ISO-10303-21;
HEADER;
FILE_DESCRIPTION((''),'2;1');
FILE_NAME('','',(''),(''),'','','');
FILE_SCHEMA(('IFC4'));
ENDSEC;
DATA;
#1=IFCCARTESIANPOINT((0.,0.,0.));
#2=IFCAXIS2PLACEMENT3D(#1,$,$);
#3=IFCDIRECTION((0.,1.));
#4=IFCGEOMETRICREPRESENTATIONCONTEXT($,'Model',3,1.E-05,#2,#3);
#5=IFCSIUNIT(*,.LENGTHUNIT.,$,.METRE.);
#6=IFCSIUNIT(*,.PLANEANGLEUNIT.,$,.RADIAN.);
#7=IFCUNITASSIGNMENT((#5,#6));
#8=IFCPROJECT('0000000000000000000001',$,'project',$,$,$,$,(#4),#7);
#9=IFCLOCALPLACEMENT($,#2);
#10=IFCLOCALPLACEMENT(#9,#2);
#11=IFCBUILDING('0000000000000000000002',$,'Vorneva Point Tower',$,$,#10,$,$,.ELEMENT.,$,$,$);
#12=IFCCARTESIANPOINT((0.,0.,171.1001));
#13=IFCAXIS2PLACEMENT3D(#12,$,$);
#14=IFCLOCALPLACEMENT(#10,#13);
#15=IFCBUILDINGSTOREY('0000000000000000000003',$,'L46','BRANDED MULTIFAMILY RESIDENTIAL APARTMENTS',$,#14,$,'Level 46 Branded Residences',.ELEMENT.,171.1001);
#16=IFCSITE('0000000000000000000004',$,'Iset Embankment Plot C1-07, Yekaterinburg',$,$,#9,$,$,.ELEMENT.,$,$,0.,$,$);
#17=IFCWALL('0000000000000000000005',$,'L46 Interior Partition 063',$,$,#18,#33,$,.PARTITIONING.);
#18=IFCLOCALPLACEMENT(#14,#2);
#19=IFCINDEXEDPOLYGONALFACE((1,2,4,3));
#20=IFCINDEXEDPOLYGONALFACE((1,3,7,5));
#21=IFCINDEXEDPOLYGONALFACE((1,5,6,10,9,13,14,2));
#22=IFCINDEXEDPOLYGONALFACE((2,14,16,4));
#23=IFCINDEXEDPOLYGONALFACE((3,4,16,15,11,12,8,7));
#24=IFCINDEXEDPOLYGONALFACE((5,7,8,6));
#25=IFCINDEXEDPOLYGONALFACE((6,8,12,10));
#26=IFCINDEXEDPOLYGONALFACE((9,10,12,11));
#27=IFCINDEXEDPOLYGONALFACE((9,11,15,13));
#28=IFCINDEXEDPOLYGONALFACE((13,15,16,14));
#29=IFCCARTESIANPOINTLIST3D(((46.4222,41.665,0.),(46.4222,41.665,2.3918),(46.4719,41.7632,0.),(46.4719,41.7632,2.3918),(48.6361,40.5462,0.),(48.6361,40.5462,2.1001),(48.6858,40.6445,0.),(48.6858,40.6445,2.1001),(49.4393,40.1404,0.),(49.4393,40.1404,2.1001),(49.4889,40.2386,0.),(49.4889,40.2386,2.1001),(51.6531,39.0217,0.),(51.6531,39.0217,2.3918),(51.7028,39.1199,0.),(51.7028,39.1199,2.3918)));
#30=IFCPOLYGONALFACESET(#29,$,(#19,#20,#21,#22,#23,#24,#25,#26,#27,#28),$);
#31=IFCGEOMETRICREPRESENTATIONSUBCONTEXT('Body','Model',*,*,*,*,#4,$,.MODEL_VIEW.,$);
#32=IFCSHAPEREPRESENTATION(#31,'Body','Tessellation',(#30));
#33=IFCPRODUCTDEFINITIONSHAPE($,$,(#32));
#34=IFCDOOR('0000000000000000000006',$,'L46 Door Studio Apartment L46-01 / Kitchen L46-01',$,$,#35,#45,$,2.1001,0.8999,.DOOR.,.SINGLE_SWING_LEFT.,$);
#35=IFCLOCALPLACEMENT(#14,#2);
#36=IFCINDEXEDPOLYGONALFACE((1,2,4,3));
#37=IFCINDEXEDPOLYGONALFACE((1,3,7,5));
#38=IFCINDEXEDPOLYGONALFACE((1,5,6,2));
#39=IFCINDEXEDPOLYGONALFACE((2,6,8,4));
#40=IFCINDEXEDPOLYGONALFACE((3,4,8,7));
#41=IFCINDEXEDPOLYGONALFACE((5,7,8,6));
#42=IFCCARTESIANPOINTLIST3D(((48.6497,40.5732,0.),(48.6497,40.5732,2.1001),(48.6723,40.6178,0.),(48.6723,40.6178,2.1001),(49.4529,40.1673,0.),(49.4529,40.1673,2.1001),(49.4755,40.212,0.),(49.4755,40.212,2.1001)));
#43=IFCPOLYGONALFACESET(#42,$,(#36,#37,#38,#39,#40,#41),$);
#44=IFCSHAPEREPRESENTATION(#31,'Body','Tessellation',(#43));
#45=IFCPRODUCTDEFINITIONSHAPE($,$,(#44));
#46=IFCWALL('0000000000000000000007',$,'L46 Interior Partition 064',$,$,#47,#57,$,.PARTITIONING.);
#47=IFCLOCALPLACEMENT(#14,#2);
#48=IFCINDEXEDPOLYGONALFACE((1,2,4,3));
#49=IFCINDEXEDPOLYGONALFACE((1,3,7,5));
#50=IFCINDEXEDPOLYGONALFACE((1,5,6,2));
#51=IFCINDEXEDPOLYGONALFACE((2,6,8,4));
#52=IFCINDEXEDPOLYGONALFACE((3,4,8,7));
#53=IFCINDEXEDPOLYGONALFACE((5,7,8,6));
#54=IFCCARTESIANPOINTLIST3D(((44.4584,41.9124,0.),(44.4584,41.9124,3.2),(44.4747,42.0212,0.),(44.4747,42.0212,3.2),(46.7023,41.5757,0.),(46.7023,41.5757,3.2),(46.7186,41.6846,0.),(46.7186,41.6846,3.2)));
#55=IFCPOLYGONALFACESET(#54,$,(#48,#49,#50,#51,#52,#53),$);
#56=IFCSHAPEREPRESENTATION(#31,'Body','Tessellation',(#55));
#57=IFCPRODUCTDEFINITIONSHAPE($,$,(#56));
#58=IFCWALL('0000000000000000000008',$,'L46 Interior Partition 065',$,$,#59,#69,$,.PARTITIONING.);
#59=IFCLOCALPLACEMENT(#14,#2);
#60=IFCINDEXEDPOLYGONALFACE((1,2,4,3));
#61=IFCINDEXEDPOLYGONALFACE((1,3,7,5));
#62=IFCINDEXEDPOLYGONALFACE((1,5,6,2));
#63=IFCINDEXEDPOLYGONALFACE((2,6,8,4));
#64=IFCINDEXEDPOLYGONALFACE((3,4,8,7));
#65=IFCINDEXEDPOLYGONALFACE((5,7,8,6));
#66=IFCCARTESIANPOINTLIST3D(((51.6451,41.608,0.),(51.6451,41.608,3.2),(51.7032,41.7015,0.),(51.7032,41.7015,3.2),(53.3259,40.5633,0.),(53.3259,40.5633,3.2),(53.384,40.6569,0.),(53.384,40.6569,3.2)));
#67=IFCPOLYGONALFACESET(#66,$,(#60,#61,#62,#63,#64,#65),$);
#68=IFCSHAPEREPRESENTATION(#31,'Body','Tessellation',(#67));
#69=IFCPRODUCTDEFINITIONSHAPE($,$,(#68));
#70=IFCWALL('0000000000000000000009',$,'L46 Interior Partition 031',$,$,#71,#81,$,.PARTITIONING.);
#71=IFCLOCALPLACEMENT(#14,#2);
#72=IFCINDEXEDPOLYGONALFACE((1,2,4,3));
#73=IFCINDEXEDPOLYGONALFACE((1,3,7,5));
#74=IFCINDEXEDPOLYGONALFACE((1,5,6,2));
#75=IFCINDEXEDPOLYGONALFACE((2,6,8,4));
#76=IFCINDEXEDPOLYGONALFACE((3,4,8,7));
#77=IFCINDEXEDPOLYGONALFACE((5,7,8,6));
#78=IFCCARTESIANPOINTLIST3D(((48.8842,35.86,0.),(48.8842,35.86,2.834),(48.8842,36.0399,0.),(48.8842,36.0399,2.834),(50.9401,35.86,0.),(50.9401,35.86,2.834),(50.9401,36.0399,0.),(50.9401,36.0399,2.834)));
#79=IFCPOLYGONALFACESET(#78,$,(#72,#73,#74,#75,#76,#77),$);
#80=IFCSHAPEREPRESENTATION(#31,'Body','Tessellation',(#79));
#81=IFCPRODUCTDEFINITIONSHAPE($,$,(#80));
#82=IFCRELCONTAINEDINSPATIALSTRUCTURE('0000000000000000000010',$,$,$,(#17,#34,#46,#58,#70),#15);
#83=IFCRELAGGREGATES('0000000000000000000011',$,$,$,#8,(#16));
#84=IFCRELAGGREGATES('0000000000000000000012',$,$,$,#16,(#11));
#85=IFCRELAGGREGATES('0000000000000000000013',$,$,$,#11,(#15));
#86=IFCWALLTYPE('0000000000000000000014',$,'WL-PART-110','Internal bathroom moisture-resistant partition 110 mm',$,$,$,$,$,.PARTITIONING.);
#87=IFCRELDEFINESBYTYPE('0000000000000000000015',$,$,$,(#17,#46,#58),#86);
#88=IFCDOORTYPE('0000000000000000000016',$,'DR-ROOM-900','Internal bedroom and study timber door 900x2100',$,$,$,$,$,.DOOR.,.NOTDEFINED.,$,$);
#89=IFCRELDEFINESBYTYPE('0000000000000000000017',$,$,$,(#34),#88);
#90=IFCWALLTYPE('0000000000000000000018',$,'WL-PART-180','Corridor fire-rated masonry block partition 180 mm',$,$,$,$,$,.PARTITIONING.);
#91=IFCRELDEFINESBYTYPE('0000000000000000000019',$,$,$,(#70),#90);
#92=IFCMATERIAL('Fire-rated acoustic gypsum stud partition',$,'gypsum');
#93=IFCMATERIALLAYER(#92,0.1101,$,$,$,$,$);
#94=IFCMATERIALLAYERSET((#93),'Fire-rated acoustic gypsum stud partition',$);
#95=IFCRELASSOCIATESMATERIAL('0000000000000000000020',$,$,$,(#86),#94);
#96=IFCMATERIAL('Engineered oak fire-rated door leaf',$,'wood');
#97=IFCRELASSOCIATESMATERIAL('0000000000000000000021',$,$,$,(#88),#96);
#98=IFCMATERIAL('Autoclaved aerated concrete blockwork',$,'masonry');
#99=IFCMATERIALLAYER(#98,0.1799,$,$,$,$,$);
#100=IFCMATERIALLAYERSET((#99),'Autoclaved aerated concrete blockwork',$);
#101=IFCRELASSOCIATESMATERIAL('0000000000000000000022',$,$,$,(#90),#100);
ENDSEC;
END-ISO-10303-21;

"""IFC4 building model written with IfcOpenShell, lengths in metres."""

from ifc_helpers import new_model, si_unit, direction, frame, frame_2d, origin, place, context, subcontext, project, spatial, rectangle, extrude, material, layer, layer_set, type_object, element, fill, save


model = new_model("IFC4")

# Units and contexts
model_context = context("Model", 3, precision=1e-05, world=origin(), true_north=direction((0.0, 1.0)))
body_context = subcontext(model_context, "Body", "Model", "MODEL_VIEW")
ifc_project = project(units=[si_unit("LENGTHUNIT", "METRE"), si_unit("PLANEANGLEUNIT", "RADIAN")], contexts=[model_context])

# Site, building, storey
site_placement = place(None, origin())
site = spatial("IfcSite", under=ifc_project, at=site_placement, Name="Iset Embankment Plot C1-07, Yekaterinburg", CompositionType="ELEMENT", RefElevation=0.0)
building_placement = place(site_placement, origin())
building = spatial("IfcBuilding", under=site, at=building_placement, Name="Vorneva Point Tower", CompositionType="ELEMENT")
storey_placement = place(building_placement, frame((0.0, 0.0, 171.1001)))
storey = spatial("IfcBuildingStorey", under=building, at=storey_placement, Name="L46", Description="BRANDED MULTIFAMILY RESIDENTIAL APARTMENTS", LongName="Level 46 Branded Residences", CompositionType="ELEMENT", Elevation=171.1001)

# Shared definitions
ifc_material_1 = material(Name="Fire-rated acoustic gypsum stud partition", Category="gypsum")
ifc_layer_1 = layer(ifc_material_1, 0.1101)
ifc_layer_set_1 = layer_set([ifc_layer_1], Name="Fire-rated acoustic gypsum stud partition")
wall_type_1 = type_object("IfcWallType", Name="WL-PART-110", Description="Internal bathroom moisture-resistant partition 110 mm", PredefinedType="PARTITIONING", material=ifc_layer_set_1)

# Shared definitions
ifc_material_2 = material(Name="Engineered oak fire-rated door leaf", Category="wood")

# Wall, opening, door
wall_1_placement = place(storey_placement, frame((51.678, 39.0708, 0.0), z_axis=(0.0, 0.0, 1.0), x_axis=(-0.89252, 0.451009, 0.0)))
wall_1 = element("IfcWall", 1, at=wall_1_placement, inside=storey, type_object=wall_type_1, Name="L46 Interior Partition 063", PredefinedType="PARTITIONING", context=body_context, shape_type="SweptSolid", body=[
    extrude(rectangle(XDim=5.8608, YDim=0.1101, at=frame_2d((2.9304, 0.0))), origin(), (0.0, 0.0, 1.0), 2.3918),
])
opening_1_placement = place(wall_1_placement, frame((2.4805, 0.0, 0.0)))
opening_1 = element("IfcOpeningElement", 2, at=opening_1_placement, cuts=wall_1, PredefinedType="OPENING", context=body_context, shape_type="SweptSolid", body=[
    extrude(rectangle(XDim=0.8999, YDim=2.1001, at=frame_2d((0.45, 1.05))), frame((0.0, 0.0698, 0.0), z_axis=(0.0, -1.0, 0.0), x_axis=(1.0, 0.0, 0.0)), (0.0, 0.0, 1.0), 0.1399),
])
door_type_1 = type_object("IfcDoorType", Name="DR-ROOM-900", Description="Internal bedroom and study timber door 900x2100", OperationType="NOTDEFINED", PredefinedType="DOOR", material=ifc_material_2)
door_1_placement = place(opening_1_placement, origin())
door_1 = element("IfcDoor", 3, at=door_1_placement, inside=storey, type_object=door_type_1, Name="L46 Door Studio Apartment L46-01 / Kitchen L46-01", OperationType="SINGLE_SWING_LEFT", OverallHeight=2.1001, OverallWidth=0.8999, PredefinedType="DOOR", context=body_context, shape_type="SweptSolid", body=[
    extrude(rectangle(XDim=0.8999, YDim=2.1001, at=frame_2d((0.45, 1.05))), frame((0.0, 0.0249, 0.0), z_axis=(0.0, -1.0, 0.0), x_axis=(1.0, 0.0, 0.0)), (0.0, 0.0, 1.0), 0.05),
])
fill(opening_1, door_1)

# Walls
wall_2_placement = place(storey_placement, frame((46.7104, 41.6301, 0.0), z_axis=(0.0, 0.0, 1.0), x_axis=(-0.988931, 0.148377, 0.0)))
element("IfcWall", 4, at=wall_2_placement, inside=storey, type_object=wall_type_1, Name="L46 Interior Partition 064", PredefinedType="PARTITIONING", context=body_context, shape_type="SweptSolid", body=[
    extrude(rectangle(XDim=2.269, YDim=0.1101, at=frame_2d((1.1345, 0.0))), origin(), (0.0, 0.0, 1.0), 3.2),
])
wall_3_placement = place(storey_placement, frame((53.355, 40.6101, 0.0), z_axis=(0.0, 0.0, 1.0), x_axis=(-0.849333, 0.527857, 0.0)))
element("IfcWall", 5, at=wall_3_placement, inside=storey, type_object=wall_type_1, Name="L46 Interior Partition 065", PredefinedType="PARTITIONING", context=body_context, shape_type="SweptSolid", body=[
    extrude(rectangle(XDim=1.979, YDim=0.1101, at=frame_2d((0.9895, 0.0))), origin(), (0.0, 0.0, 1.0), 3.2),
])

# Shared definitions
ifc_material_3 = material(Name="Autoclaved aerated concrete blockwork", Category="masonry")
ifc_layer_2 = layer(ifc_material_3, 0.1799)
ifc_layer_set_2 = layer_set([ifc_layer_2], Name="Autoclaved aerated concrete blockwork")
wall_type_2 = type_object("IfcWallType", Name="WL-PART-180", Description="Corridor fire-rated masonry block partition 180 mm", PredefinedType="PARTITIONING", material=ifc_layer_set_2)

# Wall
wall_4_placement = place(storey_placement, frame((50.9399, 35.95, 0.0), z_axis=(0.0, 0.0, 1.0), x_axis=(-1.0, 0.0, 0.0)))
element("IfcWall", 6, at=wall_4_placement, inside=storey, type_object=wall_type_2, Name="L46 Interior Partition 031", PredefinedType="PARTITIONING", context=body_context, shape_type="SweptSolid", body=[
    extrude(rectangle(XDim=2.0559, YDim=0.1799, at=frame_2d((1.0278, 0.0))), origin(), (0.0, 0.0, 1.0), 2.834),
])

save(model, "model.ifc")
